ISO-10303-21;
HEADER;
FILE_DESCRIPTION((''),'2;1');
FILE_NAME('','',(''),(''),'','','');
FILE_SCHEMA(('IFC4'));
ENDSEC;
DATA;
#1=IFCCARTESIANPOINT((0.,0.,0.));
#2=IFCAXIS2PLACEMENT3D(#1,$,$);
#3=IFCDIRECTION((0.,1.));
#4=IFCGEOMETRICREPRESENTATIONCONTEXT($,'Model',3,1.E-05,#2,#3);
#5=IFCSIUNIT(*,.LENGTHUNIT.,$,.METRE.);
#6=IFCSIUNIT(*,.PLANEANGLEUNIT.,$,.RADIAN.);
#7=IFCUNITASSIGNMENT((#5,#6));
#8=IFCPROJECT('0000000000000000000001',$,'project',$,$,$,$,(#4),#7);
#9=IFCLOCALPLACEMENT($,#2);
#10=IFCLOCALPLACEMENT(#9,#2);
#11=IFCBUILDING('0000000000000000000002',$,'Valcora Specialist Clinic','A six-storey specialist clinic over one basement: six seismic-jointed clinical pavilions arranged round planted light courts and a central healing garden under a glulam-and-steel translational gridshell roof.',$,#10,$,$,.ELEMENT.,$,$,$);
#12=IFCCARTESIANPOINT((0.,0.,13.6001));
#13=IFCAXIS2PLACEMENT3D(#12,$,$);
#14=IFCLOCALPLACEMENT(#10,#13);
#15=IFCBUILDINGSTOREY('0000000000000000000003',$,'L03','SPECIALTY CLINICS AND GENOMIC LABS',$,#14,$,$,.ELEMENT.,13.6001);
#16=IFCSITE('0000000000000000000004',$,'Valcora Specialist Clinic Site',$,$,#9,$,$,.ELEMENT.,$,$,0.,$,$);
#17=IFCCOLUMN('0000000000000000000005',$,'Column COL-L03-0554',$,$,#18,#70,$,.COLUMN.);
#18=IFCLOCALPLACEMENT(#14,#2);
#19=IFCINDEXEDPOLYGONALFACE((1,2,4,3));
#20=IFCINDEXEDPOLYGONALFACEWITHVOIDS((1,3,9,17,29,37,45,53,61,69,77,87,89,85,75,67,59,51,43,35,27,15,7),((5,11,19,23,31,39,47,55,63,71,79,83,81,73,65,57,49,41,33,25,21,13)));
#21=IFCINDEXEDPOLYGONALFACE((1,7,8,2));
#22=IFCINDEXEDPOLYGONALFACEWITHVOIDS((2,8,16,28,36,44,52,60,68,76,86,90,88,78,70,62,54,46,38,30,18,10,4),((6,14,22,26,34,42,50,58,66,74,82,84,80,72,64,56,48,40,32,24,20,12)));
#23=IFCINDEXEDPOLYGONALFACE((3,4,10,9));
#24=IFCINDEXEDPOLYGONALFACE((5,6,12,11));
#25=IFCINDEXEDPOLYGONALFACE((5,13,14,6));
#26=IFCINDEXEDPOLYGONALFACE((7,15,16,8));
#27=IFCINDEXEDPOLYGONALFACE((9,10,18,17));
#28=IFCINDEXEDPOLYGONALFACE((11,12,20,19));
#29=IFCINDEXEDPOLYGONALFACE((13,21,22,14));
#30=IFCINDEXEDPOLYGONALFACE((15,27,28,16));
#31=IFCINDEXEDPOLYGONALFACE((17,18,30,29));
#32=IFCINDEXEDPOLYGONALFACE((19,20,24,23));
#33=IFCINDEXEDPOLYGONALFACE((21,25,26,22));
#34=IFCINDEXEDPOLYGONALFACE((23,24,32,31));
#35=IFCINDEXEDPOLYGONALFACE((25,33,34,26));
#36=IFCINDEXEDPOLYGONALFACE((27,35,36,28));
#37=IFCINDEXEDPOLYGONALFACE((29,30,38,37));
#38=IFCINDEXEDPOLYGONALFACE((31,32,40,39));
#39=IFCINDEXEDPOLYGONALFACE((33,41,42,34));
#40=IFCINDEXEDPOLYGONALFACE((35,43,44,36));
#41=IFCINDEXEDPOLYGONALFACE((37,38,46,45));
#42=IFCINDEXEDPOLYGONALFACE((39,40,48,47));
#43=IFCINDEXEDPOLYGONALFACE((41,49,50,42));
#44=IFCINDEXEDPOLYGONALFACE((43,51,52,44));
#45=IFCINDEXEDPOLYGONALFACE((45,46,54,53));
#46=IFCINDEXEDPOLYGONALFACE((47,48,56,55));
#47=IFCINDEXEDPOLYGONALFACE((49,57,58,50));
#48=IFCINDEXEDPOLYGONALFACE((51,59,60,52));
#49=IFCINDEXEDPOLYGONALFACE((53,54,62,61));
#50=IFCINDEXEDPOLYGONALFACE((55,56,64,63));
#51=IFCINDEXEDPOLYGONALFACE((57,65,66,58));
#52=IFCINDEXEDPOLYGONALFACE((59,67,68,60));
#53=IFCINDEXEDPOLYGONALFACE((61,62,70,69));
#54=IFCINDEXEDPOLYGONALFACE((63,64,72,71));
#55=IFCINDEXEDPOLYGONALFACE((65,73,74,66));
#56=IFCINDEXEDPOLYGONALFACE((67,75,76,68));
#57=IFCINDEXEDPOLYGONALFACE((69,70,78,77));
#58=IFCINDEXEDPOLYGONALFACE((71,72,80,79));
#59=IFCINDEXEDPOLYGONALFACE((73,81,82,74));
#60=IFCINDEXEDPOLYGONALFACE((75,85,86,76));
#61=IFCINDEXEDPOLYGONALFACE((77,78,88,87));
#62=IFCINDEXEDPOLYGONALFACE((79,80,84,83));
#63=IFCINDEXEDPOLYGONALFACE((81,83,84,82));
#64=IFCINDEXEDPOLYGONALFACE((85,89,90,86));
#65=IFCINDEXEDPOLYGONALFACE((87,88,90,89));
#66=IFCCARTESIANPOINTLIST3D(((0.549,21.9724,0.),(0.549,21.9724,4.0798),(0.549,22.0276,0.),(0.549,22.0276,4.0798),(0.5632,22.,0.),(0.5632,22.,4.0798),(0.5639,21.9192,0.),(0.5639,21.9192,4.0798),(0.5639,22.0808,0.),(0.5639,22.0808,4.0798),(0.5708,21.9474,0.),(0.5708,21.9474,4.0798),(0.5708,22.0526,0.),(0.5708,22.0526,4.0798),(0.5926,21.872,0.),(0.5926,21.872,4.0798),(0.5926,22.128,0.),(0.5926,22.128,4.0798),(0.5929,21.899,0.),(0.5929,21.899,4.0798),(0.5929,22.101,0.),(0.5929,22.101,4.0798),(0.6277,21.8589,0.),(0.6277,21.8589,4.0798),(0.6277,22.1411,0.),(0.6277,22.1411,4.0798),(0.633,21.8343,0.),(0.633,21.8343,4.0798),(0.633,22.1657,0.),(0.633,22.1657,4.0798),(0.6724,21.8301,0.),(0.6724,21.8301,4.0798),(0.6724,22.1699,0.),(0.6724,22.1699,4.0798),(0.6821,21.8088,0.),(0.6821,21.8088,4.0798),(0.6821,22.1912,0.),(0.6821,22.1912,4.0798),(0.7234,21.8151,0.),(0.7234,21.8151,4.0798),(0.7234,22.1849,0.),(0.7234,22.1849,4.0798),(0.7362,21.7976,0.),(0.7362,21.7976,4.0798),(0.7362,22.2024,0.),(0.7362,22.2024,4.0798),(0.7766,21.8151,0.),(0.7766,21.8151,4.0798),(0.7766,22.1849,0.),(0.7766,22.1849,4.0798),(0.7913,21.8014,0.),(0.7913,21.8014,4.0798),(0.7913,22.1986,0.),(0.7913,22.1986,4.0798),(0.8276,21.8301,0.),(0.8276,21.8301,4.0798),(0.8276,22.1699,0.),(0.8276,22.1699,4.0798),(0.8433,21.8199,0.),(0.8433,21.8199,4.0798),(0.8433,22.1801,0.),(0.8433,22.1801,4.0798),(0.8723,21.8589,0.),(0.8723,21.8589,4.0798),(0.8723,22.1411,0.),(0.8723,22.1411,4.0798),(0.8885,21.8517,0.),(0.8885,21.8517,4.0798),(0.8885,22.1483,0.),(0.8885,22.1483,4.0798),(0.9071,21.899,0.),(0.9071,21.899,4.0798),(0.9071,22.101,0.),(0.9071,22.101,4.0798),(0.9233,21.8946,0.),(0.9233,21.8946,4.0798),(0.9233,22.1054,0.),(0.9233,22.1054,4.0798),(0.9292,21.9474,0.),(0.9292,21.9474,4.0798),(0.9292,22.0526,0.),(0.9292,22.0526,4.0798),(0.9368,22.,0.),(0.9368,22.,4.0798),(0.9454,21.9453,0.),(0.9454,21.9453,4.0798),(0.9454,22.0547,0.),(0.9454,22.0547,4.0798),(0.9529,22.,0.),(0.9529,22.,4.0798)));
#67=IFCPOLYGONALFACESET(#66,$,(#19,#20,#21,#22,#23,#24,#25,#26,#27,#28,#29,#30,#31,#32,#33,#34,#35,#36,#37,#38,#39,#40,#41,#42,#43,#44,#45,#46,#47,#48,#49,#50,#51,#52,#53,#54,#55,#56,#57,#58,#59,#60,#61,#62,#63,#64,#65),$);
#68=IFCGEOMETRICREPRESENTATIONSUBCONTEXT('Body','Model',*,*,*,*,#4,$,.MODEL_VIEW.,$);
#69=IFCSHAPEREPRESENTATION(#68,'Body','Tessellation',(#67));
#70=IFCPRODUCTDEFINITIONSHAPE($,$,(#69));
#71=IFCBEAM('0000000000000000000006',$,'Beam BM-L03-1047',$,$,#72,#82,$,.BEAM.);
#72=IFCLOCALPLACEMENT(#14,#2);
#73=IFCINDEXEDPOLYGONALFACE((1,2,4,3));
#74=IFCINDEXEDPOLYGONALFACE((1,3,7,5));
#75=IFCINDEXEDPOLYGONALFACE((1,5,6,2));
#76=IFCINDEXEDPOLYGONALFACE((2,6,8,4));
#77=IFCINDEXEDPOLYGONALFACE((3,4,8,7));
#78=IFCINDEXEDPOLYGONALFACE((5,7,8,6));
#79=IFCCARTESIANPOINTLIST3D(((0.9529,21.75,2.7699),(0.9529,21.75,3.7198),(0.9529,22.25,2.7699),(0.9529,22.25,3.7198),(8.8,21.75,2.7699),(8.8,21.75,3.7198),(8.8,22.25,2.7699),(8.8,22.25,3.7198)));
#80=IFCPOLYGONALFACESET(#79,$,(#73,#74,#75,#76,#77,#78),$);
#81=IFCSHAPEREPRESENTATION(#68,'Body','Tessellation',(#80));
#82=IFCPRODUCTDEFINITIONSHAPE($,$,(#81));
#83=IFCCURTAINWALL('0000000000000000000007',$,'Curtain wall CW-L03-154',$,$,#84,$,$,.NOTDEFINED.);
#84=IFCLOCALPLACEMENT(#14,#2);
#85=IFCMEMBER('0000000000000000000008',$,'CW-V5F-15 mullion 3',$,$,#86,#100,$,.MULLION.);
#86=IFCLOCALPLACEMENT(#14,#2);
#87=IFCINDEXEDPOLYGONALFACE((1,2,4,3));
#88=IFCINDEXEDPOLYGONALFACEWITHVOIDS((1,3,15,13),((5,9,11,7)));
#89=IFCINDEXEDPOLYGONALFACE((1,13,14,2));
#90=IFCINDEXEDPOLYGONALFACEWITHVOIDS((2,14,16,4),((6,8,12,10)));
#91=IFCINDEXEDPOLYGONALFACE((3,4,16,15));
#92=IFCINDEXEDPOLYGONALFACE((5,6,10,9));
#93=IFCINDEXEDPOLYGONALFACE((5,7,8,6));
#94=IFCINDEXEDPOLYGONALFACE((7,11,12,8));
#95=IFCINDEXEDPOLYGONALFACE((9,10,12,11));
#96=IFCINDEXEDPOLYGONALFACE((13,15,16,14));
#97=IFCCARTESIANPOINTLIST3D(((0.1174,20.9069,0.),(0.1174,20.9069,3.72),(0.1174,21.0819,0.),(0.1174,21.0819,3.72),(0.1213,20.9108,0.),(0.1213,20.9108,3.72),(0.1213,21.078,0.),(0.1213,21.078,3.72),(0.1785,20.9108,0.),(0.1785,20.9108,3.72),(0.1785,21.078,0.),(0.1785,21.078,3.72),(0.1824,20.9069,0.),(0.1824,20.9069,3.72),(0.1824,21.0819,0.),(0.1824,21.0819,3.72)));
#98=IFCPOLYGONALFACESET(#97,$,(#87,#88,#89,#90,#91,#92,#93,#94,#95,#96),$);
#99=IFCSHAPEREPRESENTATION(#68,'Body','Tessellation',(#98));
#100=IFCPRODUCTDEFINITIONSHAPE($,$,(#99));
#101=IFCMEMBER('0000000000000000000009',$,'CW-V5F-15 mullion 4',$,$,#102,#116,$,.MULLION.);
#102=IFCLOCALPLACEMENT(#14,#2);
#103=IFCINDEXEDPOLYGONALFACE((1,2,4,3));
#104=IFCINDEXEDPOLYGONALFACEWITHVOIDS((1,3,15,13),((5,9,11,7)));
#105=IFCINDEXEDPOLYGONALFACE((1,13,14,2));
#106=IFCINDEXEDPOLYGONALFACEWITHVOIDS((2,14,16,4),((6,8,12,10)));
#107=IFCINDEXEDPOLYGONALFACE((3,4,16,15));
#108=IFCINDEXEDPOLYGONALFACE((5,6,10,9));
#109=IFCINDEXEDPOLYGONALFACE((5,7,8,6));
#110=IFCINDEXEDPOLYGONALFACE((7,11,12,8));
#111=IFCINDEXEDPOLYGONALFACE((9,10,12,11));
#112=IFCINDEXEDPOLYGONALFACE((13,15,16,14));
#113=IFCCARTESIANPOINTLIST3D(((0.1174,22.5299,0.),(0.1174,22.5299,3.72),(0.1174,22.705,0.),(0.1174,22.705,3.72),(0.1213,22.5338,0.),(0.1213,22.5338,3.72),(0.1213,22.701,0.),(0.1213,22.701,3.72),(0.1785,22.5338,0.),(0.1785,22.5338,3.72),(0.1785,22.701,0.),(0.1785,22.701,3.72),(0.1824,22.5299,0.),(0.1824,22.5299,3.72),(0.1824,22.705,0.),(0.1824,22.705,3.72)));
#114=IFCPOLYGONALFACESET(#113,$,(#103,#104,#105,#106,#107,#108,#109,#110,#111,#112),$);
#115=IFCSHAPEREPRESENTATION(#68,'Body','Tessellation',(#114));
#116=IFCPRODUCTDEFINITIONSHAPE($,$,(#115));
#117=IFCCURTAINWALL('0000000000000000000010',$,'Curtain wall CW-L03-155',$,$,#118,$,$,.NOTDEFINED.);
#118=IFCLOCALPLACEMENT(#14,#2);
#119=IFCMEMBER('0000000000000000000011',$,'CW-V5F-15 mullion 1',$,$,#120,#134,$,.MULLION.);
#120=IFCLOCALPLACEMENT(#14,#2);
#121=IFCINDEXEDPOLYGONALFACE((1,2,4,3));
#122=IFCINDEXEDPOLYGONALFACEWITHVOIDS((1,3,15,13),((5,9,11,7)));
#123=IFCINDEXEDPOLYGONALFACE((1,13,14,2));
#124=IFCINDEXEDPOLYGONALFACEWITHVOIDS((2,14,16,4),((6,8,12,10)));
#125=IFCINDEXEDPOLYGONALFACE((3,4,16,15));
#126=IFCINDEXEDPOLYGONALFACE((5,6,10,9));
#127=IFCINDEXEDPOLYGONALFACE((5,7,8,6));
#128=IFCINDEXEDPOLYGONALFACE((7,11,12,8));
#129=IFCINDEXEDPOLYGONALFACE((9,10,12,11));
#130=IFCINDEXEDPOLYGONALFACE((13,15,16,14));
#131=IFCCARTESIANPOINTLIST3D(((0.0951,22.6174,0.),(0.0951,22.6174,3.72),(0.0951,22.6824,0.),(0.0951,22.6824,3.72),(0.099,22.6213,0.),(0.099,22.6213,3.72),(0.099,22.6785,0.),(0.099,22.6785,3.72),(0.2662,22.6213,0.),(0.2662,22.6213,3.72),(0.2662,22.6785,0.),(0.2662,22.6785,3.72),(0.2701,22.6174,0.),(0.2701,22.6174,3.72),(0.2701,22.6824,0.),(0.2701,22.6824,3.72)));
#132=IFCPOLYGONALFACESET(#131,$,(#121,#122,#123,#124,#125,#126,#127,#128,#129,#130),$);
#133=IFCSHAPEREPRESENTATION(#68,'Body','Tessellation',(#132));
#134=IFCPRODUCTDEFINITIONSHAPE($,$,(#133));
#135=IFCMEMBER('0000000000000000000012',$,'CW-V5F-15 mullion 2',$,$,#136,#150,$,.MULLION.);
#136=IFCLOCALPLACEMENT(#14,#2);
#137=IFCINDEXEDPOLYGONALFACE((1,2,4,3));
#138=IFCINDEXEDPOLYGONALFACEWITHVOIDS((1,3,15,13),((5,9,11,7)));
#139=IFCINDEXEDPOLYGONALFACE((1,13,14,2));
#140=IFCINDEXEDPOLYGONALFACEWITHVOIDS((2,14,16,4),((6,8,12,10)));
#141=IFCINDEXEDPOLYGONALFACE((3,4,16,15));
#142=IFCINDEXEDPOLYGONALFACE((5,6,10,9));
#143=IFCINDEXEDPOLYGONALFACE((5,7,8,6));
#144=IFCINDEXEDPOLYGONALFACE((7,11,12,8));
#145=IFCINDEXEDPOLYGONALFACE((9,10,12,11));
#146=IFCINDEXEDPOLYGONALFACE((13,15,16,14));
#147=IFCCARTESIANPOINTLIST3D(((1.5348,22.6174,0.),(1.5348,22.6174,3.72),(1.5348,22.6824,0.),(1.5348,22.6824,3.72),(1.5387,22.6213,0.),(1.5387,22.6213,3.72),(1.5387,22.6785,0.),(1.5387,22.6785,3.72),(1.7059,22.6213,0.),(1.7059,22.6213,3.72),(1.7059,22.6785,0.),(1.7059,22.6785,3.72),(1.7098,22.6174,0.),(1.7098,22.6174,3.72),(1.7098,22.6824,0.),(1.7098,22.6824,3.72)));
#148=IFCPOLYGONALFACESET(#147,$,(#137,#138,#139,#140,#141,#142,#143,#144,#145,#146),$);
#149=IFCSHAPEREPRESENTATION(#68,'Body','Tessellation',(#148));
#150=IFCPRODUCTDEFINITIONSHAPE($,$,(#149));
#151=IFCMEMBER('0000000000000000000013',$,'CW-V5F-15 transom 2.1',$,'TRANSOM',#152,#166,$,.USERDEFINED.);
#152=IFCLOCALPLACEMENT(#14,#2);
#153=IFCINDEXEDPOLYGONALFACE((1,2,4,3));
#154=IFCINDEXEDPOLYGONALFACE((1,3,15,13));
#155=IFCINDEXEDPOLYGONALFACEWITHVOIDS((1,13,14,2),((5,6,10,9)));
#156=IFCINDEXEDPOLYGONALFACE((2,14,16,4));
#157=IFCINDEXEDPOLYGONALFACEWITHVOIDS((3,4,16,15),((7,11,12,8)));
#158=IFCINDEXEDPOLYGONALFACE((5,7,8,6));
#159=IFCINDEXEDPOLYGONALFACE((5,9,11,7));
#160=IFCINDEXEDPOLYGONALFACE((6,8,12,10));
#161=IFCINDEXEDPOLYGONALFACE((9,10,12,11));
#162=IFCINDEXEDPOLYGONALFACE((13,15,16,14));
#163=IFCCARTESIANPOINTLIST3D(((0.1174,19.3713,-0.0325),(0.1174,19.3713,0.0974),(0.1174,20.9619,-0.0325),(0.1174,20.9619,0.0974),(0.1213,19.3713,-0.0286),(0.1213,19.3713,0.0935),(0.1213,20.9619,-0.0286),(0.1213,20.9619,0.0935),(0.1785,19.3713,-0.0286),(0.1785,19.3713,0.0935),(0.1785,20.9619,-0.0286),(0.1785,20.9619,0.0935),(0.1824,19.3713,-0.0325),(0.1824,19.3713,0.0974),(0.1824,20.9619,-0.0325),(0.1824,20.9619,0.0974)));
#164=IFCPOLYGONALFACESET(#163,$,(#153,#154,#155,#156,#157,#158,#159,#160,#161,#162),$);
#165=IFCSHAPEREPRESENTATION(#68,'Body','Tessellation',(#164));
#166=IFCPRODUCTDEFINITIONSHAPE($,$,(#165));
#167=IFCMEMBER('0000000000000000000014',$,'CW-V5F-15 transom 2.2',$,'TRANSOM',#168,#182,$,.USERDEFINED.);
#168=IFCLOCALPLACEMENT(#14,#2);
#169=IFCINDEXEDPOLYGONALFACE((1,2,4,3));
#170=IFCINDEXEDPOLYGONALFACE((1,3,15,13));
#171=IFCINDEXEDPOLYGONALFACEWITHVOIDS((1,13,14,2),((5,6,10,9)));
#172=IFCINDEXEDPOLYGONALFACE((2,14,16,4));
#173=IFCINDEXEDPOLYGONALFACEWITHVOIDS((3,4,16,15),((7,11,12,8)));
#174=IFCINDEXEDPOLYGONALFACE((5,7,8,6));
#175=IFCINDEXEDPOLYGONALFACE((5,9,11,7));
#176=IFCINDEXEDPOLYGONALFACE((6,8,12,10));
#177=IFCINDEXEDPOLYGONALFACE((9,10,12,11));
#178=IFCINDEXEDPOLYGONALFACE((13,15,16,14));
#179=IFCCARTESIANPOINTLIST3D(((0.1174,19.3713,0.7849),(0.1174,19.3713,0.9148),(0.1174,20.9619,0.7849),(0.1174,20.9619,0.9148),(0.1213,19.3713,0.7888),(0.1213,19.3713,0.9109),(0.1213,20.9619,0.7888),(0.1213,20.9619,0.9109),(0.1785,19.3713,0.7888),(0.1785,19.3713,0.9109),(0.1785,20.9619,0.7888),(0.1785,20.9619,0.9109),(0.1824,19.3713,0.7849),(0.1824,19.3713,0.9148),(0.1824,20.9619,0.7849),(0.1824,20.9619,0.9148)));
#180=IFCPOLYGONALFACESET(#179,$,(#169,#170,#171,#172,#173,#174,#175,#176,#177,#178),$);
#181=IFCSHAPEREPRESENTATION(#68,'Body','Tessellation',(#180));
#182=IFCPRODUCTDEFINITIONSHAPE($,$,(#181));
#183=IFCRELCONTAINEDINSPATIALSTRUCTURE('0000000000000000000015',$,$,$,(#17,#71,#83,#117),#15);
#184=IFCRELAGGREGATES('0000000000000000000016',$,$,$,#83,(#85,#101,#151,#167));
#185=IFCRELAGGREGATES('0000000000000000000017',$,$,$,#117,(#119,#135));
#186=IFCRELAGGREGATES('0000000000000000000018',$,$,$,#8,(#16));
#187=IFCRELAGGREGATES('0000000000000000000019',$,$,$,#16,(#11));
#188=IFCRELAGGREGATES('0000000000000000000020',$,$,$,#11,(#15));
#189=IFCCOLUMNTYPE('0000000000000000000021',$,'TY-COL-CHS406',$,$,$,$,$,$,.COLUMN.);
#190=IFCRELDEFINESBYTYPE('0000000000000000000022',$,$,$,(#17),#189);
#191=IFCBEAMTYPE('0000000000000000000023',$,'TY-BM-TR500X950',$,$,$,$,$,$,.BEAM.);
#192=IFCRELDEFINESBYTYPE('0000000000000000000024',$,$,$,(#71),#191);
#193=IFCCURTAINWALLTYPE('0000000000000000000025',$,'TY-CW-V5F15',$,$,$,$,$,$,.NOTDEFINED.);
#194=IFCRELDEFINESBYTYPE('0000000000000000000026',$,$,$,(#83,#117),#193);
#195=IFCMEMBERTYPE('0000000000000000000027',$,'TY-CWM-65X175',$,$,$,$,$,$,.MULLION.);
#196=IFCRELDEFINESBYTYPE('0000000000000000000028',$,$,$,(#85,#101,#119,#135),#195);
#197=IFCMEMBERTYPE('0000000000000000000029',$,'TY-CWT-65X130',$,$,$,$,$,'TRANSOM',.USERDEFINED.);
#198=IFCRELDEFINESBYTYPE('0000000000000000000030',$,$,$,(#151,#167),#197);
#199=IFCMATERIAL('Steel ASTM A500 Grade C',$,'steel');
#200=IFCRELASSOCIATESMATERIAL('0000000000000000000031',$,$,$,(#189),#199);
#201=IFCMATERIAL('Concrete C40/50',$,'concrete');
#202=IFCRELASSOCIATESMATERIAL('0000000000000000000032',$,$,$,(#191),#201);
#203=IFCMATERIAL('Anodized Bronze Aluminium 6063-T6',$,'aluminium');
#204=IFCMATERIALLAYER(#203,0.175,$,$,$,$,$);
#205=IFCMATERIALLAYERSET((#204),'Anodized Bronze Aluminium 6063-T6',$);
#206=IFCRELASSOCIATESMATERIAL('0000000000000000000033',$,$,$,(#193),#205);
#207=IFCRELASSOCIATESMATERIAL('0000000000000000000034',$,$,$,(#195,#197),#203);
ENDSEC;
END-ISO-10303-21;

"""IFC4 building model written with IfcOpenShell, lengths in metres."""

from ifc_helpers import new_model, si_unit, direction, frame, origin, origin_2d, place, context, subcontext, project, spatial, rectangle, hollow_rectangle, hollow_circle, extrude, material, layer, layer_set, material_profile, profile_set, type_object, element, aggregate, save


model = new_model("IFC4")

# Units and contexts
model_context = context("Model", 3, precision=1e-05, world=origin(), true_north=direction((0.0, 1.0)))
body_context = subcontext(model_context, "Body", "Model", "MODEL_VIEW")
ifc_project = project(units=[si_unit("LENGTHUNIT", "METRE"), si_unit("PLANEANGLEUNIT", "RADIAN")], contexts=[model_context])

# Site, building, storey
site_placement = place(None, origin())
site = spatial("IfcSite", under=ifc_project, at=site_placement, Name="Valcora Specialist Clinic Site", CompositionType="ELEMENT", RefElevation=0.0)
building_placement = place(site_placement, origin())
building = spatial("IfcBuilding", under=site, at=building_placement, Name="Valcora Specialist Clinic", Description="A six-storey specialist clinic over one basement: six seismic-jointed clinical pavilions arranged round planted light courts and a central healing garden under a glulam-and-steel translational gridshell roof.", CompositionType="ELEMENT")
storey_placement = place(building_placement, frame((0.0, 0.0, 13.6001)))
storey = spatial("IfcBuildingStorey", under=building, at=storey_placement, Name="L03", Description="SPECIALTY CLINICS AND GENOMIC LABS", CompositionType="ELEMENT", Elevation=13.6001)

# Column
ifc_material_1 = material(Name="Steel ASTM A500 Grade C", Category="steel")
ifc_material_profile_1 = material_profile(ifc_material_1, hollow_circle(Radius=0.2029, WallThickness=0.0161, at=origin_2d()), Name="ST-CHS-406X16")
ifc_profile_set_1 = profile_set([ifc_material_profile_1], Name="Steel ASTM A500 Grade C")
column_type = type_object("IfcColumnType", Name="TY-COL-CHS406", PredefinedType="COLUMN", material=ifc_profile_set_1)
column_placement = place(storey_placement, frame((0.75, 22.0, 0.0), z_axis=(0.0, 0.0, 1.0), x_axis=(1.0, 0.0, 0.0)))
element("IfcColumn", 1, at=column_placement, inside=storey, type_object=column_type, Name="Column COL-L03-0554", PredefinedType="COLUMN", context=body_context, shape_type="SweptSolid", body=[
    extrude(hollow_circle(Radius=0.2029, WallThickness=0.0161, at=origin_2d()), origin(), (0.0, 0.0, 1.0), 4.0798),
])

# Beam
ifc_material_2 = material(Name="Concrete C40/50", Category="concrete")
ifc_material_profile_2 = material_profile(ifc_material_2, rectangle(XDim=0.5, YDim=0.95, at=origin_2d()), Name="RC-BM-500X950")
ifc_profile_set_2 = profile_set([ifc_material_profile_2], Name="Concrete C40/50")
beam_type = type_object("IfcBeamType", Name="TY-BM-TR500X950", PredefinedType="BEAM", material=ifc_profile_set_2)
beam_placement = place(storey_placement, frame((0.9529, 22.0, 3.2449), z_axis=(1.0, 0.0, 0.0), x_axis=(0.0, 1.0, 0.0)))
element("IfcBeam", 2, at=beam_placement, inside=storey, type_object=beam_type, Name="Beam BM-L03-1047", PredefinedType="BEAM", context=body_context, shape_type="SweptSolid", body=[
    extrude(rectangle(XDim=0.5, YDim=0.95, at=origin_2d()), origin(), (0.0, 0.0, 1.0), 7.8472),
])

# Curtain walls, members
ifc_material_3 = material(Name="Anodized Bronze Aluminium 6063-T6", Category="aluminium")
ifc_layer_1 = layer(ifc_material_3, 0.175)
ifc_layer_set_1 = layer_set([ifc_layer_1], Name="Anodized Bronze Aluminium 6063-T6")
curtain_wall_type = type_object("IfcCurtainWallType", Name="TY-CW-V5F15", PredefinedType="NOTDEFINED", material=ifc_layer_set_1)
curtain_wall_1_placement = place(storey_placement, origin())
curtain_wall_1 = element("IfcCurtainWall", 3, at=curtain_wall_1_placement, inside=storey, type_object=curtain_wall_type, Name="Curtain wall CW-L03-154", PredefinedType="NOTDEFINED")
ifc_material_profile_3 = material_profile(ifc_material_3, hollow_rectangle(XDim=0.0649, YDim=0.175, WallThickness=0.0039, at=origin_2d()), Name="AL-MUL-65X175")
ifc_profile_set_3 = profile_set([ifc_material_profile_3], Name="Anodized Bronze Aluminium 6063-T6")
member_type_1 = type_object("IfcMemberType", Name="TY-CWM-65X175", PredefinedType="MULLION", material=ifc_profile_set_3)
member_1_placement = place(storey_placement, frame((0.1499, 20.9944, 0.0), z_axis=(0.0, 0.0, 1.0), x_axis=(-1.0, 0.0, 0.0)))
member_1 = element("IfcMember", 4, at=member_1_placement, type_object=member_type_1, Name="CW-V5F-15 mullion 3", PredefinedType="MULLION", context=body_context, shape_type="SweptSolid", body=[
    extrude(hollow_rectangle(XDim=0.0649, YDim=0.175, WallThickness=0.0039, at=origin_2d()), origin(), (0.0, 0.0, 1.0), 3.72),
])
member_2_placement = place(storey_placement, frame((0.1499, 22.6174, 0.0), z_axis=(0.0, 0.0, 1.0), x_axis=(-1.0, 0.0, 0.0)))
member_2 = element("IfcMember", 5, at=member_2_placement, type_object=member_type_1, Name="CW-V5F-15 mullion 4", PredefinedType="MULLION", context=body_context, shape_type="SweptSolid", body=[
    extrude(hollow_rectangle(XDim=0.0649, YDim=0.175, WallThickness=0.0039, at=origin_2d()), origin(), (0.0, 0.0, 1.0), 3.72),
])
curtain_wall_2_placement = place(storey_placement, origin())
curtain_wall_2 = element("IfcCurtainWall", 6, at=curtain_wall_2_placement, inside=storey, type_object=curtain_wall_type, Name="Curtain wall CW-L03-155", PredefinedType="NOTDEFINED")
member_3_placement = place(storey_placement, frame((0.1826, 22.6499, 0.0), z_axis=(0.0, 0.0, 1.0), x_axis=(0.0, 1.0, 0.0)))
member_3 = element("IfcMember", 7, at=member_3_placement, type_object=member_type_1, Name="CW-V5F-15 mullion 1", PredefinedType="MULLION", context=body_context, shape_type="SweptSolid", body=[
    extrude(hollow_rectangle(XDim=0.0649, YDim=0.175, WallThickness=0.0039, at=origin_2d()), origin(), (0.0, 0.0, 1.0), 3.72),
])
member_4_placement = place(storey_placement, frame((1.6223, 22.6499, 0.0), z_axis=(0.0, 0.0, 1.0), x_axis=(0.0, 1.0, 0.0)))
member_4 = element("IfcMember", 8, at=member_4_placement, type_object=member_type_1, Name="CW-V5F-15 mullion 2", PredefinedType="MULLION", context=body_context, shape_type="SweptSolid", body=[
    extrude(hollow_rectangle(XDim=0.0649, YDim=0.175, WallThickness=0.0039, at=origin_2d()), origin(), (0.0, 0.0, 1.0), 3.72),
])

# Members
ifc_material_profile_4 = material_profile(ifc_material_3, hollow_rectangle(XDim=0.0649, YDim=0.1299, WallThickness=0.0039, at=origin_2d()), Name="AL-TRN-65X130")
ifc_profile_set_4 = profile_set([ifc_material_profile_4], Name="Anodized Bronze Aluminium 6063-T6")
member_type_2 = type_object("IfcMemberType", Name="TY-CWT-65X130", ElementType="TRANSOM", PredefinedType="USERDEFINED", material=ifc_profile_set_4)
member_5_placement = place(storey_placement, frame((0.1499, 19.3713, 0.0325), z_axis=(0.0, 1.0, 0.0), x_axis=(-1.0, 0.0, 0.0)))
member_5 = element("IfcMember", 9, at=member_5_placement, type_object=member_type_2, Name="CW-V5F-15 transom 2.1", ObjectType="TRANSOM", PredefinedType="USERDEFINED", context=body_context, shape_type="SweptSolid", body=[
    extrude(hollow_rectangle(XDim=0.0649, YDim=0.1299, WallThickness=0.0039, at=origin_2d()), origin(), (0.0, 0.0, 1.0), 1.5906),
])
member_6_placement = place(storey_placement, frame((0.1499, 19.3713, 0.8499), z_axis=(0.0, 1.0, 0.0), x_axis=(-1.0, 0.0, 0.0)))
member_6 = element("IfcMember", 10, at=member_6_placement, type_object=member_type_2, Name="CW-V5F-15 transom 2.2", ObjectType="TRANSOM", PredefinedType="USERDEFINED", context=body_context, shape_type="SweptSolid", body=[
    extrude(hollow_rectangle(XDim=0.0649, YDim=0.1299, WallThickness=0.0039, at=origin_2d()), origin(), (0.0, 0.0, 1.0), 1.5906),
])

aggregate(curtain_wall_1, [member_1, member_2, member_5, member_6])
aggregate(curtain_wall_2, [member_3, member_4])

save(model, "model.ifc")
